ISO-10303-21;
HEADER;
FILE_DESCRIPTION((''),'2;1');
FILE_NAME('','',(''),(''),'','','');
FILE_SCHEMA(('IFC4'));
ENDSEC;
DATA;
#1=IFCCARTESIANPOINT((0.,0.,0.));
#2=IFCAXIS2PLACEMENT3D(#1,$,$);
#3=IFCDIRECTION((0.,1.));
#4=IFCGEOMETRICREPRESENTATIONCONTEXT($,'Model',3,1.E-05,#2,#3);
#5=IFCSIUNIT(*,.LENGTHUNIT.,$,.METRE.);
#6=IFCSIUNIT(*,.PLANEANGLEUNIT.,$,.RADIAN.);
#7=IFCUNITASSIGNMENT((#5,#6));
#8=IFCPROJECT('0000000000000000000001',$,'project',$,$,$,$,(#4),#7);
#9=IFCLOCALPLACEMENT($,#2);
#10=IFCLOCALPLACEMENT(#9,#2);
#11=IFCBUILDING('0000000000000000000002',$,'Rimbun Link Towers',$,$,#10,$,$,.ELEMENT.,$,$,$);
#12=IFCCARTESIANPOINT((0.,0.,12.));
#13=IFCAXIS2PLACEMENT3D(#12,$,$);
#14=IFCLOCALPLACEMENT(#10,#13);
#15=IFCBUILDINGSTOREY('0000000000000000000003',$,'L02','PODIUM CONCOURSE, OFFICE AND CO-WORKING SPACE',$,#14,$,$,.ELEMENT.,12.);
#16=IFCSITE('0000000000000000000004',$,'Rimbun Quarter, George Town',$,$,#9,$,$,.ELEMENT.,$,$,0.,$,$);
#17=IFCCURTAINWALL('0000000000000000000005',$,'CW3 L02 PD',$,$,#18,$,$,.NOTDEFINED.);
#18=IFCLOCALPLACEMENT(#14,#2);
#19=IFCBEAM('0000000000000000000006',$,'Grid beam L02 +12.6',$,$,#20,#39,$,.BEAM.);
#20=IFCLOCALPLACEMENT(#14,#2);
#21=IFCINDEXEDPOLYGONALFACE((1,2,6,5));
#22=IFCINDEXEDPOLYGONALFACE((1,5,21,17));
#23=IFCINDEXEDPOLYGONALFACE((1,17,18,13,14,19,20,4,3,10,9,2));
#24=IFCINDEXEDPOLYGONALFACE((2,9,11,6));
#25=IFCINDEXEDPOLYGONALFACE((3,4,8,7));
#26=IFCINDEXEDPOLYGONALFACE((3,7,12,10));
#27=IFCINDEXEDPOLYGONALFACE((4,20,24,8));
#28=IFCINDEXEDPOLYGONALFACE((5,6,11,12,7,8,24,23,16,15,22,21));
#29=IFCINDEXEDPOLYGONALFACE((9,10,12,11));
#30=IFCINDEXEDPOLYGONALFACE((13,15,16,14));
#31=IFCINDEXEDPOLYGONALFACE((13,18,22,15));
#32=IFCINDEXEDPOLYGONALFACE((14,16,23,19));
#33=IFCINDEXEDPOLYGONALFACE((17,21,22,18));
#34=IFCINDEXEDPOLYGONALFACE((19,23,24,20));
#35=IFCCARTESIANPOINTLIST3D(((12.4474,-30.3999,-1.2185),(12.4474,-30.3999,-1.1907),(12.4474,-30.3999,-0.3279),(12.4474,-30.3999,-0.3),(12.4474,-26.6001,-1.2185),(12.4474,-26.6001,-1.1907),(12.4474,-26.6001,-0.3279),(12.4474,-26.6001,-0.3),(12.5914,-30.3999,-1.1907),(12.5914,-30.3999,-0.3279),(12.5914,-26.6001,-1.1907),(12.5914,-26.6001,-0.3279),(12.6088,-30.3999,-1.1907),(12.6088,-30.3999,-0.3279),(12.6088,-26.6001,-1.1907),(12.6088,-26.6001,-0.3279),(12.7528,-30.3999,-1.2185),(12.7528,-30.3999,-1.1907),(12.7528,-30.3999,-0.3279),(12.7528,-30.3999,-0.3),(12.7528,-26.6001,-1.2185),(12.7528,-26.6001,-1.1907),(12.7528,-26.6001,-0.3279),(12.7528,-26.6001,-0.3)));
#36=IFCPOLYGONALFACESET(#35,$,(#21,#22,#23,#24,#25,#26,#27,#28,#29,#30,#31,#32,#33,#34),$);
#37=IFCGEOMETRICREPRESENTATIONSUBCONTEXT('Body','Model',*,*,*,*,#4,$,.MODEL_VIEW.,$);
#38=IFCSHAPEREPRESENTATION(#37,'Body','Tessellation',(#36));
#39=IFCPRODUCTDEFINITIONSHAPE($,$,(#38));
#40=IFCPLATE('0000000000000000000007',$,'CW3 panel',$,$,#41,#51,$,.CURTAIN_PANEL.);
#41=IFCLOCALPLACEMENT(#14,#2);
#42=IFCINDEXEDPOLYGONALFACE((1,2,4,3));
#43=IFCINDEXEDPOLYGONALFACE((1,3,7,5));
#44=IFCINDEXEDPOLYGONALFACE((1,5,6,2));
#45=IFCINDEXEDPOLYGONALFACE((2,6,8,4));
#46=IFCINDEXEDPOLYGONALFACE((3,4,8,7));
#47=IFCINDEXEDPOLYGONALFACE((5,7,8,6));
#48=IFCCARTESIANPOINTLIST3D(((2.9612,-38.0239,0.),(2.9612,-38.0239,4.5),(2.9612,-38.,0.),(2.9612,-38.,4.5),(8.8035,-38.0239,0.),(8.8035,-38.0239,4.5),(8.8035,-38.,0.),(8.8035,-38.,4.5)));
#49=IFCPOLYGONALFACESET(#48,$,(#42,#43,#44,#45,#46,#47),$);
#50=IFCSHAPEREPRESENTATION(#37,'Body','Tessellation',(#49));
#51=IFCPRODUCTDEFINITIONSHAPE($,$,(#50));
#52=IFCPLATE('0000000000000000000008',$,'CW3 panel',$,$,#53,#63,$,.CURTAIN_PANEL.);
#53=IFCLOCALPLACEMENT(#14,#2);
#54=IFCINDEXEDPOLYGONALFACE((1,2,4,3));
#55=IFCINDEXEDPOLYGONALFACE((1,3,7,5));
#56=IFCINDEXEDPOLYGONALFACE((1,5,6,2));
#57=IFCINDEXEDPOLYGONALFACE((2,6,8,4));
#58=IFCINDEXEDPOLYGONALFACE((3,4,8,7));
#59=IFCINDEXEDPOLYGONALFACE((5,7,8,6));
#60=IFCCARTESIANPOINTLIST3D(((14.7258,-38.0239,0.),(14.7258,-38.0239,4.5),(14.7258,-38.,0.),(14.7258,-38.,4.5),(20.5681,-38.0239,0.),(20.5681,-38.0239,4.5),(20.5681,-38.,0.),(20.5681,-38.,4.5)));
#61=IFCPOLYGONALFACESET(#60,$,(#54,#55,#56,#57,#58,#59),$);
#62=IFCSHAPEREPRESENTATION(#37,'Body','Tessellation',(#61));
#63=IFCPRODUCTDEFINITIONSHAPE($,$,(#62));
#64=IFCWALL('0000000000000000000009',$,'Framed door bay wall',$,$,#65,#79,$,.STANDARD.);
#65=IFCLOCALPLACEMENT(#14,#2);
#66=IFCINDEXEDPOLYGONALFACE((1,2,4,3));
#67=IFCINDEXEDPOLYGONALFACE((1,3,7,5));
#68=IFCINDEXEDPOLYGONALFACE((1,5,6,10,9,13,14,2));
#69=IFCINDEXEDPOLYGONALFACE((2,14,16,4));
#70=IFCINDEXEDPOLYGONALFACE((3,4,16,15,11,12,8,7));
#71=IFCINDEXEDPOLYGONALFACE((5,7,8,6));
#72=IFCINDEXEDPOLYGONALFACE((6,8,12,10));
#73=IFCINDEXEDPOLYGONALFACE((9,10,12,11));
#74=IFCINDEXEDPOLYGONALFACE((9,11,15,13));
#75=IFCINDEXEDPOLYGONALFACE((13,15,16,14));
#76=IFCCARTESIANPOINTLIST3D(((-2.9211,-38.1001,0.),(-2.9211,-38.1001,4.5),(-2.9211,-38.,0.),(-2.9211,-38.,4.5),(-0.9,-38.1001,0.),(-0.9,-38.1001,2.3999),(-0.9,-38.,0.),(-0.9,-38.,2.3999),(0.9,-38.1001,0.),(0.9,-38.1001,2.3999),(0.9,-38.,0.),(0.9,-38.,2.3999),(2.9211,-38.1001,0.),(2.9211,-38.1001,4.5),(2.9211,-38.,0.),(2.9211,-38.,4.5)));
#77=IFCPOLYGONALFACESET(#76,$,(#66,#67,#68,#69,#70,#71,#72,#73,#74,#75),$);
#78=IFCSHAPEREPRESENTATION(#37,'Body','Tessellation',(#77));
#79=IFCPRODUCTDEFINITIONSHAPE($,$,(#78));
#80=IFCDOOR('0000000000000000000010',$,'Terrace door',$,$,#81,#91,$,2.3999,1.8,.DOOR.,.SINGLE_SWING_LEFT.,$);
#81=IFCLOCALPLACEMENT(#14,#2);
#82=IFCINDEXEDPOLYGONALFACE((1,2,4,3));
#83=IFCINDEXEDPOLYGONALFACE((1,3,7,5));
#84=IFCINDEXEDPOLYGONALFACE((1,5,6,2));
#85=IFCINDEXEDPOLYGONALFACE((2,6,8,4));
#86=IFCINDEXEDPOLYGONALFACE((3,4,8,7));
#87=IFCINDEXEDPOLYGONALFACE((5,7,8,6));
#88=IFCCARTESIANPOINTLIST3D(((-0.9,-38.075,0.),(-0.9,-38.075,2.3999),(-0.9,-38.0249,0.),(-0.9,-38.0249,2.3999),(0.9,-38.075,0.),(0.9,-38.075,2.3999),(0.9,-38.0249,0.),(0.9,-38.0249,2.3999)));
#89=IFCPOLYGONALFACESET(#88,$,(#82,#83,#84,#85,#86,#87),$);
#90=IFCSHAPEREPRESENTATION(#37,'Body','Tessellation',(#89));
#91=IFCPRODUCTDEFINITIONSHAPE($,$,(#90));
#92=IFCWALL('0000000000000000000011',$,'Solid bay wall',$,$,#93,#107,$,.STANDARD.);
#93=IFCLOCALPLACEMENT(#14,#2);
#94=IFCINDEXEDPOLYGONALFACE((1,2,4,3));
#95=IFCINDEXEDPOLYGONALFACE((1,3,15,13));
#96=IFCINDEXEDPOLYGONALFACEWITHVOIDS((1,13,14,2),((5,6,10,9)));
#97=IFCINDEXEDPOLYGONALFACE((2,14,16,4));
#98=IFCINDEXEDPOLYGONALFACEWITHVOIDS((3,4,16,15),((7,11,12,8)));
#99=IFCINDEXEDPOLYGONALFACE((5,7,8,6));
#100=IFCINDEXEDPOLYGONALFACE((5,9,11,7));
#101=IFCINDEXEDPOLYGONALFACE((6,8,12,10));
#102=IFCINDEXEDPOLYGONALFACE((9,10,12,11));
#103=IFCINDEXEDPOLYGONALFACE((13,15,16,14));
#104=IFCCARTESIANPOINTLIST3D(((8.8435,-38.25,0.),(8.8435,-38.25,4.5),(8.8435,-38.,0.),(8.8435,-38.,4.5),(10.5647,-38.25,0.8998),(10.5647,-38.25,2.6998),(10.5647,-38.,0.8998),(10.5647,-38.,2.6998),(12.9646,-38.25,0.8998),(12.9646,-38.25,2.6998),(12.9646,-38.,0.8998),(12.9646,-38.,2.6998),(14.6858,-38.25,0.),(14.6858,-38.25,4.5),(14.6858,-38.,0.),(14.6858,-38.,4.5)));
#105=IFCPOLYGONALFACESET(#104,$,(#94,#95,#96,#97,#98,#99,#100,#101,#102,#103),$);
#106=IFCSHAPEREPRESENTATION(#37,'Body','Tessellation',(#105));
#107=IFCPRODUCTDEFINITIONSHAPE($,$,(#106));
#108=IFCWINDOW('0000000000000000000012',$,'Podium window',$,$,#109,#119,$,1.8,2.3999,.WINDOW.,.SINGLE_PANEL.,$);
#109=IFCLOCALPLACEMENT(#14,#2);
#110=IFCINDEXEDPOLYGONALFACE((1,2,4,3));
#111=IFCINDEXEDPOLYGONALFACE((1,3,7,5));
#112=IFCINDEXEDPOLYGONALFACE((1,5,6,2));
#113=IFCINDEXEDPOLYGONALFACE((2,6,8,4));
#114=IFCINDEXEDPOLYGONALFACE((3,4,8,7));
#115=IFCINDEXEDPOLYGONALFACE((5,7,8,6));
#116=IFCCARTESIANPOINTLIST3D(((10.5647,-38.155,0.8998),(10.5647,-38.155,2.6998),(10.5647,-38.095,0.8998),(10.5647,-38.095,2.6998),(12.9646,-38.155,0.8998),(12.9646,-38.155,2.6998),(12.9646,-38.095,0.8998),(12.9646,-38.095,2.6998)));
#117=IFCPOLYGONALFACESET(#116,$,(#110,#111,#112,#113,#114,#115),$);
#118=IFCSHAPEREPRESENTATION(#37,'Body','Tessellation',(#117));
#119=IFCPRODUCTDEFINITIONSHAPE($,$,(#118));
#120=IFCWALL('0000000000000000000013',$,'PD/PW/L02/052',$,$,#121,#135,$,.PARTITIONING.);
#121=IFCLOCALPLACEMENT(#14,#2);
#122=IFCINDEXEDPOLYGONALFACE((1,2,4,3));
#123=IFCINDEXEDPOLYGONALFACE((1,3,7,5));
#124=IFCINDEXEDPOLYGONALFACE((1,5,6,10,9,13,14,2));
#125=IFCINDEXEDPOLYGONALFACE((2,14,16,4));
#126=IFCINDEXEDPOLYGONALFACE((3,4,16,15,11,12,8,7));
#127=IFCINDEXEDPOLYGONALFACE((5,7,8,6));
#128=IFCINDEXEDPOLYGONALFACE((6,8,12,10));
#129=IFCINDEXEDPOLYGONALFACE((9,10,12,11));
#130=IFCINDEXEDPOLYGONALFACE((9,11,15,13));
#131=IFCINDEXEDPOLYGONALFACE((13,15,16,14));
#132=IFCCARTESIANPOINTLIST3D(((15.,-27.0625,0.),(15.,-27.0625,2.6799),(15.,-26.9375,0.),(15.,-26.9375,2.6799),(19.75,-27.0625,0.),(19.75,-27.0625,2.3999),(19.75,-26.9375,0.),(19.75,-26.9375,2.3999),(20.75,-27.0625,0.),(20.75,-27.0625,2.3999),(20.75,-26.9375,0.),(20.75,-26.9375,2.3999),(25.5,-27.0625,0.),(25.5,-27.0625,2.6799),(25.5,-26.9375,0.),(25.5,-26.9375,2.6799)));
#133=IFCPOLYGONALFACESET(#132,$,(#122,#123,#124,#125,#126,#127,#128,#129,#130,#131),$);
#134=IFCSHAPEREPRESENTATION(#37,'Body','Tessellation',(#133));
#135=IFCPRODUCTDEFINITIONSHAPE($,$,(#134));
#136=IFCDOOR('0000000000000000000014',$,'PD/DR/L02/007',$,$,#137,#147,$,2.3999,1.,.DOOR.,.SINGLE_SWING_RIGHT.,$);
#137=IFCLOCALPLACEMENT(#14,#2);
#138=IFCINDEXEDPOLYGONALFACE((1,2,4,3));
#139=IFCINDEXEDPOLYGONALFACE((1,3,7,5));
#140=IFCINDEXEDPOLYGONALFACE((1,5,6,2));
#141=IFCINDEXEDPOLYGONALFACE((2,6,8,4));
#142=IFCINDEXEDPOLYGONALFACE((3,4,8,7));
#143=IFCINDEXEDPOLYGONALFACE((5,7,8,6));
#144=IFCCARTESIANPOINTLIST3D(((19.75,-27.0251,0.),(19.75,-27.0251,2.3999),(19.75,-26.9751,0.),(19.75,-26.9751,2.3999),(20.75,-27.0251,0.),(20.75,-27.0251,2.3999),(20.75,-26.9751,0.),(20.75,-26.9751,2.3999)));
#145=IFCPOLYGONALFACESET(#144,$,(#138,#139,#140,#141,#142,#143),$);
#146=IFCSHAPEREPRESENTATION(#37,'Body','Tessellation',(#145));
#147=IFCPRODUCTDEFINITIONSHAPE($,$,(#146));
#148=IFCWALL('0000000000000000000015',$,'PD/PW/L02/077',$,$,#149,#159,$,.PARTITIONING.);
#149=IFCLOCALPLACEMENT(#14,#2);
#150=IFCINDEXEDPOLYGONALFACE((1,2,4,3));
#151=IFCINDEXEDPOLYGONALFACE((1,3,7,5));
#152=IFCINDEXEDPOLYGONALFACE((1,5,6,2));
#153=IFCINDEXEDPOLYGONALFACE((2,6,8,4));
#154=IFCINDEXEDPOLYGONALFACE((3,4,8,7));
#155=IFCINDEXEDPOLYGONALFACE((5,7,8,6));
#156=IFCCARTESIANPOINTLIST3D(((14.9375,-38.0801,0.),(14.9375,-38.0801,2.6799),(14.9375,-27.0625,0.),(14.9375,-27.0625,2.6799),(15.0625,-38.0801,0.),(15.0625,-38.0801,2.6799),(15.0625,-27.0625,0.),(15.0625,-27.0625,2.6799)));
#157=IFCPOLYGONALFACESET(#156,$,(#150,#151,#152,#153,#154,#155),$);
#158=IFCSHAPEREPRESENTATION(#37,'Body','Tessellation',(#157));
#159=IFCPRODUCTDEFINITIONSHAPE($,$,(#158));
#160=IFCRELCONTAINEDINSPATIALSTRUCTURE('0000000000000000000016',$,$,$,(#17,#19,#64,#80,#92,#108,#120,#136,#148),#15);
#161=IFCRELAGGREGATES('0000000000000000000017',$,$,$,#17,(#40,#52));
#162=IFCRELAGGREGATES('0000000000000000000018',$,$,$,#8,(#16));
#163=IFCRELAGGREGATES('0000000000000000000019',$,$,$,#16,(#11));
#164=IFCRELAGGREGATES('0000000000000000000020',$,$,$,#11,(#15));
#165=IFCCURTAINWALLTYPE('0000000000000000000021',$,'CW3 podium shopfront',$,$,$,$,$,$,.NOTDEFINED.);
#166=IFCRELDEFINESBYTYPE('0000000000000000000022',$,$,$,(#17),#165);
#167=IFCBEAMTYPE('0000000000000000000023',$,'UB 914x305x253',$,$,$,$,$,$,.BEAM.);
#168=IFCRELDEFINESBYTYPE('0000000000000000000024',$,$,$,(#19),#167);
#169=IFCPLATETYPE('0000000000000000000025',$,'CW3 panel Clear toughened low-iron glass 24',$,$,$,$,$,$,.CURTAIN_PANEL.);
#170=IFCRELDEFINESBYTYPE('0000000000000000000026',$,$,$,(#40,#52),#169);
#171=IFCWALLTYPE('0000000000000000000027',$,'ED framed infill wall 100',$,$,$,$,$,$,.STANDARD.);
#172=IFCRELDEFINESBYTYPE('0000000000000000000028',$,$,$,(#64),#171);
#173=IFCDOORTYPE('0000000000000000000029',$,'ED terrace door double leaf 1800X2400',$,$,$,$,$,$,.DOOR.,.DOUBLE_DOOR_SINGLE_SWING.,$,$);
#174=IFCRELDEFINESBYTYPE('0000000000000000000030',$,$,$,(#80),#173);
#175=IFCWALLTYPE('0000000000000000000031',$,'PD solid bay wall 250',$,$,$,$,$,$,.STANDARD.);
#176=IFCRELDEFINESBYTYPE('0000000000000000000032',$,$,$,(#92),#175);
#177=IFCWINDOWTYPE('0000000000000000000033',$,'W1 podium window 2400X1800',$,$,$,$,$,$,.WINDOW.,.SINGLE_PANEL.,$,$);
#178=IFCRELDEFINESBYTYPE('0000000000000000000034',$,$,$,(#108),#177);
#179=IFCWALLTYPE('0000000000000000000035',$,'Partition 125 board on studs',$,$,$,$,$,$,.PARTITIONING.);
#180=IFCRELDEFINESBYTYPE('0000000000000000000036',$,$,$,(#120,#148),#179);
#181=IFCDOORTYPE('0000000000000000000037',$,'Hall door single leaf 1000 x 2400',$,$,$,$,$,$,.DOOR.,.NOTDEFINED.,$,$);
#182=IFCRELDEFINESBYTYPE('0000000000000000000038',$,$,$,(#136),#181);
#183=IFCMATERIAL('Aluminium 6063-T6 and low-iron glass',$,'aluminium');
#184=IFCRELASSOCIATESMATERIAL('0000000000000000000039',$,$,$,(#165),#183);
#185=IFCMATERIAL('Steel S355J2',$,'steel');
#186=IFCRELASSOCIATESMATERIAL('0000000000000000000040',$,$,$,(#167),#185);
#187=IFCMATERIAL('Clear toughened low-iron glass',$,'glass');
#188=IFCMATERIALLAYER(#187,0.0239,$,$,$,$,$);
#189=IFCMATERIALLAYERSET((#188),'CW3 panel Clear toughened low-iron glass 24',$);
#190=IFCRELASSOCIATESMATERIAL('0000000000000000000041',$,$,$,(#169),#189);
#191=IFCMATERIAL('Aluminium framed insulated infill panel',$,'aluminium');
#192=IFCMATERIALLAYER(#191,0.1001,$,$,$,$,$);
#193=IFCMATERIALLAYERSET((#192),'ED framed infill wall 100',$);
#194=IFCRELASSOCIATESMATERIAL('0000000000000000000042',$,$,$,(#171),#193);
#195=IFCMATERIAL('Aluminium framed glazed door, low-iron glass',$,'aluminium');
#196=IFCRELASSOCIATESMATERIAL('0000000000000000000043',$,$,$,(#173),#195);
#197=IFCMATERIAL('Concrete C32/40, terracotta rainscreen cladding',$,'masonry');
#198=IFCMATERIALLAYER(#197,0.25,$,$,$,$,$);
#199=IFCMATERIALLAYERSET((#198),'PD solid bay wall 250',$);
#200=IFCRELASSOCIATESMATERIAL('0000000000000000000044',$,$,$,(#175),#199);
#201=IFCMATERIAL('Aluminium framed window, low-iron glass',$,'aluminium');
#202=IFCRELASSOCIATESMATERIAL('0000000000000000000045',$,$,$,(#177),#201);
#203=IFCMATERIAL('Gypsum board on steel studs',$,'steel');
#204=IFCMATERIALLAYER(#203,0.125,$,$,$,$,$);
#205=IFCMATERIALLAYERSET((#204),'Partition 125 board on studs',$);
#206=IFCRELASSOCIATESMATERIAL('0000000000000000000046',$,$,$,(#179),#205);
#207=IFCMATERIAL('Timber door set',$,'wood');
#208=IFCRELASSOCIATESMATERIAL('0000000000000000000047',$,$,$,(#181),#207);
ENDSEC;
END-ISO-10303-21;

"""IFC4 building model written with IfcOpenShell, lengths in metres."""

from ifc_helpers import new_model, si_unit, direction, frame, frame_2d, origin, origin_2d, place, context, subcontext, project, spatial, rectangle, i_section, extrude, material, layer, layer_set, material_profile, profile_set, type_object, element, fill, aggregate, save


model = new_model("IFC4")

# Units and contexts
model_context = context("Model", 3, precision=1e-05, world=origin(), true_north=direction((0.0, 1.0)))
body_context = subcontext(model_context, "Body", "Model", "MODEL_VIEW")
ifc_project = project(units=[si_unit("LENGTHUNIT", "METRE"), si_unit("PLANEANGLEUNIT", "RADIAN")], contexts=[model_context])

# Site, building, storey
site_placement = place(None, origin())
site = spatial("IfcSite", under=ifc_project, at=site_placement, Name="Rimbun Quarter, George Town", CompositionType="ELEMENT", RefElevation=0.0)
building_placement = place(site_placement, origin())
building = spatial("IfcBuilding", under=site, at=building_placement, Name="Rimbun Link Towers", CompositionType="ELEMENT")
storey_placement = place(building_placement, frame((0.0, 0.0, 12.0)))
storey = spatial("IfcBuildingStorey", under=building, at=storey_placement, Name="L02", Description="PODIUM CONCOURSE, OFFICE AND CO-WORKING SPACE", CompositionType="ELEMENT", Elevation=12.0)

# Curtain wall
ifc_material_1 = material(Name="Aluminium 6063-T6 and low-iron glass", Category="aluminium")
curtain_wall_type = type_object("IfcCurtainWallType", Name="CW3 podium shopfront", PredefinedType="NOTDEFINED", material=ifc_material_1)
curtain_wall_placement = place(storey_placement, origin())
curtain_wall = element("IfcCurtainWall", 1, at=curtain_wall_placement, inside=storey, type_object=curtain_wall_type, Name="CW3 L02 PD", PredefinedType="NOTDEFINED")

# Beam
ifc_material_2 = material(Name="Steel S355J2", Category="steel")
ifc_material_profile_1 = material_profile(ifc_material_2, i_section(OverallWidth=0.3054, OverallDepth=0.9185, WebThickness=0.0173, FlangeThickness=0.0278, at=origin_2d()), Name="UB 914x305x253")
ifc_profile_set_1 = profile_set([ifc_material_profile_1], Name="Steel S355J2")
beam_type_1 = type_object("IfcBeamType", Name="UB 914x305x253", PredefinedType="BEAM", material=ifc_profile_set_1)
beam_1_placement = place(storey_placement, frame((12.6001, -30.3999, -0.7593), z_axis=(0.0, 1.0, 0.0), x_axis=(-1.0, 0.0, 0.0)))
element("IfcBeam", 2, at=beam_1_placement, inside=storey, type_object=beam_type_1, Name="Grid beam L02 +12.6", PredefinedType="BEAM", context=body_context, shape_type="SweptSolid", body=[
    extrude(i_section(OverallWidth=0.3054, OverallDepth=0.9185, WebThickness=0.0173, FlangeThickness=0.0278, at=origin_2d()), origin(), (0.0, 0.0, 1.0), 3.7998),
])

# Plates
ifc_material_3 = material(Name="Clear toughened low-iron glass", Category="glass")
ifc_layer_1 = layer(ifc_material_3, 0.0239)
ifc_layer_set_1 = layer_set([ifc_layer_1], Name="CW3 panel Clear toughened low-iron glass 24")
plate_type = type_object("IfcPlateType", Name="CW3 panel Clear toughened low-iron glass 24", PredefinedType="CURTAIN_PANEL", material=ifc_layer_set_1)
plate_1_placement = place(storey_placement, frame((5.8823, -38.012, 0.0), z_axis=(0.0, 0.0, 1.0), x_axis=(-1.0, 0.0, 0.0)))
plate_1 = element("IfcPlate", 3, at=plate_1_placement, type_object=plate_type, Name="CW3 panel", PredefinedType="CURTAIN_PANEL", context=body_context, shape_type="SweptSolid", body=[
    extrude(rectangle(XDim=5.8423, YDim=0.0239, at=origin_2d()), origin(), (0.0, 0.0, 1.0), 4.5),
])
plate_2_placement = place(storey_placement, frame((17.647, -38.012, 0.0), z_axis=(0.0, 0.0, 1.0), x_axis=(-1.0, 0.0, 0.0)))
plate_2 = element("IfcPlate", 4, at=plate_2_placement, type_object=plate_type, Name="CW3 panel", PredefinedType="CURTAIN_PANEL", context=body_context, shape_type="SweptSolid", body=[
    extrude(rectangle(XDim=5.8423, YDim=0.0239, at=origin_2d()), origin(), (0.0, 0.0, 1.0), 4.5),
])
aggregate(curtain_wall, [plate_1, plate_2])

# Wall, opening, door
ifc_material_4 = material(Name="Aluminium framed insulated infill panel", Category="aluminium")
ifc_layer_2 = layer(ifc_material_4, 0.1001)
ifc_layer_set_2 = layer_set([ifc_layer_2], Name="ED framed infill wall 100")
wall_type_1 = type_object("IfcWallType", Name="ED framed infill wall 100", PredefinedType="STANDARD", material=ifc_layer_set_2)
wall_1_placement = place(storey_placement, frame((2.9211, -38.05, 0.0), z_axis=(0.0, 0.0, 1.0), x_axis=(-1.0, 0.0, 0.0)))
wall_1 = element("IfcWall", 5, at=wall_1_placement, inside=storey, type_object=wall_type_1, Name="Framed door bay wall", PredefinedType="STANDARD", context=body_context, shape_type="SweptSolid", body=[
    extrude(rectangle(XDim=5.8423, YDim=0.1001, at=frame_2d((2.9211, 0.0))), origin(), (0.0, 0.0, 1.0), 4.5),
])
opening_1_placement = place(wall_1_placement, frame((2.0212, 0.0, 0.0)))
opening_1 = element("IfcOpeningElement", 6, at=opening_1_placement, cuts=wall_1, PredefinedType="OPENING", context=body_context, shape_type="SweptSolid", body=[
    extrude(rectangle(XDim=1.8, YDim=2.3999, at=frame_2d((0.8999, 1.2))), frame((0.0, 0.0601, 0.0), z_axis=(0.0, -1.0, 0.0), x_axis=(1.0, 0.0, 0.0)), (0.0, 0.0, 1.0), 0.1201),
])
ifc_material_5 = material(Name="Aluminium framed glazed door, low-iron glass", Category="aluminium")
door_type_1 = type_object("IfcDoorType", Name="ED terrace door double leaf 1800X2400", OperationType="DOUBLE_DOOR_SINGLE_SWING", PredefinedType="DOOR", material=ifc_material_5)
door_1_placement = place(opening_1_placement, origin())
door_1 = element("IfcDoor", 7, at=door_1_placement, inside=storey, type_object=door_type_1, Name="Terrace door", OperationType="SINGLE_SWING_LEFT", OverallHeight=2.3999, OverallWidth=1.8, PredefinedType="DOOR", context=body_context, shape_type="SweptSolid", body=[
    extrude(rectangle(XDim=1.8, YDim=2.3999, at=frame_2d((0.8999, 1.2))), frame((0.0, 0.0249, 0.0), z_axis=(0.0, -1.0, 0.0), x_axis=(1.0, 0.0, 0.0)), (0.0, 0.0, 1.0), 0.05),
])
fill(opening_1, door_1)

# Wall, opening, window
ifc_material_6 = material(Name="Concrete C32/40, terracotta rainscreen cladding", Category="masonry")
ifc_layer_3 = layer(ifc_material_6, 0.25)
ifc_layer_set_3 = layer_set([ifc_layer_3], Name="PD solid bay wall 250")
wall_type_2 = type_object("IfcWallType", Name="PD solid bay wall 250", PredefinedType="STANDARD", material=ifc_layer_set_3)
wall_2_placement = place(storey_placement, frame((14.6858, -38.125, 0.0), z_axis=(0.0, 0.0, 1.0), x_axis=(-1.0, 0.0, 0.0)))
wall_2 = element("IfcWall", 8, at=wall_2_placement, inside=storey, type_object=wall_type_2, Name="Solid bay wall", PredefinedType="STANDARD", context=body_context, shape_type="SweptSolid", body=[
    extrude(rectangle(XDim=5.8423, YDim=0.25, at=frame_2d((2.9211, 0.0))), origin(), (0.0, 0.0, 1.0), 4.5),
])
opening_2_placement = place(wall_2_placement, frame((1.7212, 0.0, 0.8999)))
opening_2 = element("IfcOpeningElement", 9, at=opening_2_placement, cuts=wall_2, PredefinedType="OPENING", context=body_context, shape_type="SweptSolid", body=[
    extrude(rectangle(XDim=2.3999, YDim=1.8, at=frame_2d((1.2, 0.8999))), frame((0.0, 0.135, 0.0), z_axis=(0.0, -1.0, 0.0), x_axis=(1.0, 0.0, 0.0)), (0.0, 0.0, 1.0), 0.27),
])
ifc_material_7 = material(Name="Aluminium framed window, low-iron glass", Category="aluminium")
window_type = type_object("IfcWindowType", Name="W1 podium window 2400X1800", PartitioningType="SINGLE_PANEL", PredefinedType="WINDOW", material=ifc_material_7)
window_placement = place(opening_2_placement, origin())
window = element("IfcWindow", 10, at=window_placement, inside=storey, type_object=window_type, Name="Podium window", OverallHeight=1.8, OverallWidth=2.3999, PartitioningType="SINGLE_PANEL", PredefinedType="WINDOW", context=body_context, shape_type="SweptSolid", body=[
    extrude(rectangle(XDim=2.3999, YDim=1.8, at=frame_2d((1.2, 0.8999))), frame((0.0, 0.03, 0.0), z_axis=(0.0, -1.0, 0.0), x_axis=(1.0, 0.0, 0.0)), (0.0, 0.0, 1.0), 0.0601),
])
fill(opening_2, window)

# Wall, opening, door
ifc_material_8 = material(Name="Gypsum board on steel studs", Category="steel")
ifc_layer_4 = layer(ifc_material_8, 0.125)
ifc_layer_set_4 = layer_set([ifc_layer_4], Name="Partition 125 board on studs")
wall_type_3 = type_object("IfcWallType", Name="Partition 125 board on studs", PredefinedType="PARTITIONING", material=ifc_layer_set_4)
wall_3_placement = place(storey_placement, frame((15.0, -27.0, 0.0), z_axis=(0.0, 0.0, 1.0), x_axis=(1.0, 0.0, 0.0)))
wall_3 = element("IfcWall", 11, at=wall_3_placement, inside=storey, type_object=wall_type_3, Name="PD/PW/L02/052", PredefinedType="PARTITIONING", context=body_context, shape_type="SweptSolid", body=[
    extrude(rectangle(XDim=10.5, YDim=0.125, at=frame_2d((5.25, 0.0))), origin(), (0.0, 0.0, 1.0), 2.6799),
])
opening_3_placement = place(wall_3_placement, frame((4.75, 0.0, 0.0)))
opening_3 = element("IfcOpeningElement", 12, at=opening_3_placement, cuts=wall_3, PredefinedType="OPENING", context=body_context, shape_type="SweptSolid", body=[
    extrude(rectangle(XDim=1.0, YDim=2.3999, at=frame_2d((0.5, 1.2))), frame((0.0, 0.0725, 0.0), z_axis=(0.0, -1.0, 0.0), x_axis=(1.0, 0.0, 0.0)), (0.0, 0.0, 1.0), 0.145),
])
ifc_material_9 = material(Name="Timber door set", Category="wood")
door_type_2 = type_object("IfcDoorType", Name="Hall door single leaf 1000 x 2400", OperationType="NOTDEFINED", PredefinedType="DOOR", material=ifc_material_9)
door_2_placement = place(opening_3_placement, origin())
door_2 = element("IfcDoor", 13, at=door_2_placement, inside=storey, type_object=door_type_2, Name="PD/DR/L02/007", OperationType="SINGLE_SWING_RIGHT", OverallHeight=2.3999, OverallWidth=1.0, PredefinedType="DOOR", context=body_context, shape_type="SweptSolid", body=[
    extrude(rectangle(XDim=1.0, YDim=2.3999, at=frame_2d((0.5, 1.2))), frame((0.0, 0.0249, 0.0), z_axis=(0.0, -1.0, 0.0), x_axis=(1.0, 0.0, 0.0)), (0.0, 0.0, 1.0), 0.05),
])
fill(opening_3, door_2)

# Wall
wall_4_placement = place(storey_placement, frame((15.0, -38.0801, 0.0), z_axis=(0.0, 0.0, 1.0), x_axis=(0.0, 1.0, 0.0)))
element("IfcWall", 14, at=wall_4_placement, inside=storey, type_object=wall_type_3, Name="PD/PW/L02/077", PredefinedType="PARTITIONING", context=body_context, shape_type="SweptSolid", body=[
    extrude(rectangle(XDim=11.0176, YDim=0.125, at=frame_2d((5.5088, 0.0))), origin(), (0.0, 0.0, 1.0), 2.6799),
])

save(model, "model.ifc")
